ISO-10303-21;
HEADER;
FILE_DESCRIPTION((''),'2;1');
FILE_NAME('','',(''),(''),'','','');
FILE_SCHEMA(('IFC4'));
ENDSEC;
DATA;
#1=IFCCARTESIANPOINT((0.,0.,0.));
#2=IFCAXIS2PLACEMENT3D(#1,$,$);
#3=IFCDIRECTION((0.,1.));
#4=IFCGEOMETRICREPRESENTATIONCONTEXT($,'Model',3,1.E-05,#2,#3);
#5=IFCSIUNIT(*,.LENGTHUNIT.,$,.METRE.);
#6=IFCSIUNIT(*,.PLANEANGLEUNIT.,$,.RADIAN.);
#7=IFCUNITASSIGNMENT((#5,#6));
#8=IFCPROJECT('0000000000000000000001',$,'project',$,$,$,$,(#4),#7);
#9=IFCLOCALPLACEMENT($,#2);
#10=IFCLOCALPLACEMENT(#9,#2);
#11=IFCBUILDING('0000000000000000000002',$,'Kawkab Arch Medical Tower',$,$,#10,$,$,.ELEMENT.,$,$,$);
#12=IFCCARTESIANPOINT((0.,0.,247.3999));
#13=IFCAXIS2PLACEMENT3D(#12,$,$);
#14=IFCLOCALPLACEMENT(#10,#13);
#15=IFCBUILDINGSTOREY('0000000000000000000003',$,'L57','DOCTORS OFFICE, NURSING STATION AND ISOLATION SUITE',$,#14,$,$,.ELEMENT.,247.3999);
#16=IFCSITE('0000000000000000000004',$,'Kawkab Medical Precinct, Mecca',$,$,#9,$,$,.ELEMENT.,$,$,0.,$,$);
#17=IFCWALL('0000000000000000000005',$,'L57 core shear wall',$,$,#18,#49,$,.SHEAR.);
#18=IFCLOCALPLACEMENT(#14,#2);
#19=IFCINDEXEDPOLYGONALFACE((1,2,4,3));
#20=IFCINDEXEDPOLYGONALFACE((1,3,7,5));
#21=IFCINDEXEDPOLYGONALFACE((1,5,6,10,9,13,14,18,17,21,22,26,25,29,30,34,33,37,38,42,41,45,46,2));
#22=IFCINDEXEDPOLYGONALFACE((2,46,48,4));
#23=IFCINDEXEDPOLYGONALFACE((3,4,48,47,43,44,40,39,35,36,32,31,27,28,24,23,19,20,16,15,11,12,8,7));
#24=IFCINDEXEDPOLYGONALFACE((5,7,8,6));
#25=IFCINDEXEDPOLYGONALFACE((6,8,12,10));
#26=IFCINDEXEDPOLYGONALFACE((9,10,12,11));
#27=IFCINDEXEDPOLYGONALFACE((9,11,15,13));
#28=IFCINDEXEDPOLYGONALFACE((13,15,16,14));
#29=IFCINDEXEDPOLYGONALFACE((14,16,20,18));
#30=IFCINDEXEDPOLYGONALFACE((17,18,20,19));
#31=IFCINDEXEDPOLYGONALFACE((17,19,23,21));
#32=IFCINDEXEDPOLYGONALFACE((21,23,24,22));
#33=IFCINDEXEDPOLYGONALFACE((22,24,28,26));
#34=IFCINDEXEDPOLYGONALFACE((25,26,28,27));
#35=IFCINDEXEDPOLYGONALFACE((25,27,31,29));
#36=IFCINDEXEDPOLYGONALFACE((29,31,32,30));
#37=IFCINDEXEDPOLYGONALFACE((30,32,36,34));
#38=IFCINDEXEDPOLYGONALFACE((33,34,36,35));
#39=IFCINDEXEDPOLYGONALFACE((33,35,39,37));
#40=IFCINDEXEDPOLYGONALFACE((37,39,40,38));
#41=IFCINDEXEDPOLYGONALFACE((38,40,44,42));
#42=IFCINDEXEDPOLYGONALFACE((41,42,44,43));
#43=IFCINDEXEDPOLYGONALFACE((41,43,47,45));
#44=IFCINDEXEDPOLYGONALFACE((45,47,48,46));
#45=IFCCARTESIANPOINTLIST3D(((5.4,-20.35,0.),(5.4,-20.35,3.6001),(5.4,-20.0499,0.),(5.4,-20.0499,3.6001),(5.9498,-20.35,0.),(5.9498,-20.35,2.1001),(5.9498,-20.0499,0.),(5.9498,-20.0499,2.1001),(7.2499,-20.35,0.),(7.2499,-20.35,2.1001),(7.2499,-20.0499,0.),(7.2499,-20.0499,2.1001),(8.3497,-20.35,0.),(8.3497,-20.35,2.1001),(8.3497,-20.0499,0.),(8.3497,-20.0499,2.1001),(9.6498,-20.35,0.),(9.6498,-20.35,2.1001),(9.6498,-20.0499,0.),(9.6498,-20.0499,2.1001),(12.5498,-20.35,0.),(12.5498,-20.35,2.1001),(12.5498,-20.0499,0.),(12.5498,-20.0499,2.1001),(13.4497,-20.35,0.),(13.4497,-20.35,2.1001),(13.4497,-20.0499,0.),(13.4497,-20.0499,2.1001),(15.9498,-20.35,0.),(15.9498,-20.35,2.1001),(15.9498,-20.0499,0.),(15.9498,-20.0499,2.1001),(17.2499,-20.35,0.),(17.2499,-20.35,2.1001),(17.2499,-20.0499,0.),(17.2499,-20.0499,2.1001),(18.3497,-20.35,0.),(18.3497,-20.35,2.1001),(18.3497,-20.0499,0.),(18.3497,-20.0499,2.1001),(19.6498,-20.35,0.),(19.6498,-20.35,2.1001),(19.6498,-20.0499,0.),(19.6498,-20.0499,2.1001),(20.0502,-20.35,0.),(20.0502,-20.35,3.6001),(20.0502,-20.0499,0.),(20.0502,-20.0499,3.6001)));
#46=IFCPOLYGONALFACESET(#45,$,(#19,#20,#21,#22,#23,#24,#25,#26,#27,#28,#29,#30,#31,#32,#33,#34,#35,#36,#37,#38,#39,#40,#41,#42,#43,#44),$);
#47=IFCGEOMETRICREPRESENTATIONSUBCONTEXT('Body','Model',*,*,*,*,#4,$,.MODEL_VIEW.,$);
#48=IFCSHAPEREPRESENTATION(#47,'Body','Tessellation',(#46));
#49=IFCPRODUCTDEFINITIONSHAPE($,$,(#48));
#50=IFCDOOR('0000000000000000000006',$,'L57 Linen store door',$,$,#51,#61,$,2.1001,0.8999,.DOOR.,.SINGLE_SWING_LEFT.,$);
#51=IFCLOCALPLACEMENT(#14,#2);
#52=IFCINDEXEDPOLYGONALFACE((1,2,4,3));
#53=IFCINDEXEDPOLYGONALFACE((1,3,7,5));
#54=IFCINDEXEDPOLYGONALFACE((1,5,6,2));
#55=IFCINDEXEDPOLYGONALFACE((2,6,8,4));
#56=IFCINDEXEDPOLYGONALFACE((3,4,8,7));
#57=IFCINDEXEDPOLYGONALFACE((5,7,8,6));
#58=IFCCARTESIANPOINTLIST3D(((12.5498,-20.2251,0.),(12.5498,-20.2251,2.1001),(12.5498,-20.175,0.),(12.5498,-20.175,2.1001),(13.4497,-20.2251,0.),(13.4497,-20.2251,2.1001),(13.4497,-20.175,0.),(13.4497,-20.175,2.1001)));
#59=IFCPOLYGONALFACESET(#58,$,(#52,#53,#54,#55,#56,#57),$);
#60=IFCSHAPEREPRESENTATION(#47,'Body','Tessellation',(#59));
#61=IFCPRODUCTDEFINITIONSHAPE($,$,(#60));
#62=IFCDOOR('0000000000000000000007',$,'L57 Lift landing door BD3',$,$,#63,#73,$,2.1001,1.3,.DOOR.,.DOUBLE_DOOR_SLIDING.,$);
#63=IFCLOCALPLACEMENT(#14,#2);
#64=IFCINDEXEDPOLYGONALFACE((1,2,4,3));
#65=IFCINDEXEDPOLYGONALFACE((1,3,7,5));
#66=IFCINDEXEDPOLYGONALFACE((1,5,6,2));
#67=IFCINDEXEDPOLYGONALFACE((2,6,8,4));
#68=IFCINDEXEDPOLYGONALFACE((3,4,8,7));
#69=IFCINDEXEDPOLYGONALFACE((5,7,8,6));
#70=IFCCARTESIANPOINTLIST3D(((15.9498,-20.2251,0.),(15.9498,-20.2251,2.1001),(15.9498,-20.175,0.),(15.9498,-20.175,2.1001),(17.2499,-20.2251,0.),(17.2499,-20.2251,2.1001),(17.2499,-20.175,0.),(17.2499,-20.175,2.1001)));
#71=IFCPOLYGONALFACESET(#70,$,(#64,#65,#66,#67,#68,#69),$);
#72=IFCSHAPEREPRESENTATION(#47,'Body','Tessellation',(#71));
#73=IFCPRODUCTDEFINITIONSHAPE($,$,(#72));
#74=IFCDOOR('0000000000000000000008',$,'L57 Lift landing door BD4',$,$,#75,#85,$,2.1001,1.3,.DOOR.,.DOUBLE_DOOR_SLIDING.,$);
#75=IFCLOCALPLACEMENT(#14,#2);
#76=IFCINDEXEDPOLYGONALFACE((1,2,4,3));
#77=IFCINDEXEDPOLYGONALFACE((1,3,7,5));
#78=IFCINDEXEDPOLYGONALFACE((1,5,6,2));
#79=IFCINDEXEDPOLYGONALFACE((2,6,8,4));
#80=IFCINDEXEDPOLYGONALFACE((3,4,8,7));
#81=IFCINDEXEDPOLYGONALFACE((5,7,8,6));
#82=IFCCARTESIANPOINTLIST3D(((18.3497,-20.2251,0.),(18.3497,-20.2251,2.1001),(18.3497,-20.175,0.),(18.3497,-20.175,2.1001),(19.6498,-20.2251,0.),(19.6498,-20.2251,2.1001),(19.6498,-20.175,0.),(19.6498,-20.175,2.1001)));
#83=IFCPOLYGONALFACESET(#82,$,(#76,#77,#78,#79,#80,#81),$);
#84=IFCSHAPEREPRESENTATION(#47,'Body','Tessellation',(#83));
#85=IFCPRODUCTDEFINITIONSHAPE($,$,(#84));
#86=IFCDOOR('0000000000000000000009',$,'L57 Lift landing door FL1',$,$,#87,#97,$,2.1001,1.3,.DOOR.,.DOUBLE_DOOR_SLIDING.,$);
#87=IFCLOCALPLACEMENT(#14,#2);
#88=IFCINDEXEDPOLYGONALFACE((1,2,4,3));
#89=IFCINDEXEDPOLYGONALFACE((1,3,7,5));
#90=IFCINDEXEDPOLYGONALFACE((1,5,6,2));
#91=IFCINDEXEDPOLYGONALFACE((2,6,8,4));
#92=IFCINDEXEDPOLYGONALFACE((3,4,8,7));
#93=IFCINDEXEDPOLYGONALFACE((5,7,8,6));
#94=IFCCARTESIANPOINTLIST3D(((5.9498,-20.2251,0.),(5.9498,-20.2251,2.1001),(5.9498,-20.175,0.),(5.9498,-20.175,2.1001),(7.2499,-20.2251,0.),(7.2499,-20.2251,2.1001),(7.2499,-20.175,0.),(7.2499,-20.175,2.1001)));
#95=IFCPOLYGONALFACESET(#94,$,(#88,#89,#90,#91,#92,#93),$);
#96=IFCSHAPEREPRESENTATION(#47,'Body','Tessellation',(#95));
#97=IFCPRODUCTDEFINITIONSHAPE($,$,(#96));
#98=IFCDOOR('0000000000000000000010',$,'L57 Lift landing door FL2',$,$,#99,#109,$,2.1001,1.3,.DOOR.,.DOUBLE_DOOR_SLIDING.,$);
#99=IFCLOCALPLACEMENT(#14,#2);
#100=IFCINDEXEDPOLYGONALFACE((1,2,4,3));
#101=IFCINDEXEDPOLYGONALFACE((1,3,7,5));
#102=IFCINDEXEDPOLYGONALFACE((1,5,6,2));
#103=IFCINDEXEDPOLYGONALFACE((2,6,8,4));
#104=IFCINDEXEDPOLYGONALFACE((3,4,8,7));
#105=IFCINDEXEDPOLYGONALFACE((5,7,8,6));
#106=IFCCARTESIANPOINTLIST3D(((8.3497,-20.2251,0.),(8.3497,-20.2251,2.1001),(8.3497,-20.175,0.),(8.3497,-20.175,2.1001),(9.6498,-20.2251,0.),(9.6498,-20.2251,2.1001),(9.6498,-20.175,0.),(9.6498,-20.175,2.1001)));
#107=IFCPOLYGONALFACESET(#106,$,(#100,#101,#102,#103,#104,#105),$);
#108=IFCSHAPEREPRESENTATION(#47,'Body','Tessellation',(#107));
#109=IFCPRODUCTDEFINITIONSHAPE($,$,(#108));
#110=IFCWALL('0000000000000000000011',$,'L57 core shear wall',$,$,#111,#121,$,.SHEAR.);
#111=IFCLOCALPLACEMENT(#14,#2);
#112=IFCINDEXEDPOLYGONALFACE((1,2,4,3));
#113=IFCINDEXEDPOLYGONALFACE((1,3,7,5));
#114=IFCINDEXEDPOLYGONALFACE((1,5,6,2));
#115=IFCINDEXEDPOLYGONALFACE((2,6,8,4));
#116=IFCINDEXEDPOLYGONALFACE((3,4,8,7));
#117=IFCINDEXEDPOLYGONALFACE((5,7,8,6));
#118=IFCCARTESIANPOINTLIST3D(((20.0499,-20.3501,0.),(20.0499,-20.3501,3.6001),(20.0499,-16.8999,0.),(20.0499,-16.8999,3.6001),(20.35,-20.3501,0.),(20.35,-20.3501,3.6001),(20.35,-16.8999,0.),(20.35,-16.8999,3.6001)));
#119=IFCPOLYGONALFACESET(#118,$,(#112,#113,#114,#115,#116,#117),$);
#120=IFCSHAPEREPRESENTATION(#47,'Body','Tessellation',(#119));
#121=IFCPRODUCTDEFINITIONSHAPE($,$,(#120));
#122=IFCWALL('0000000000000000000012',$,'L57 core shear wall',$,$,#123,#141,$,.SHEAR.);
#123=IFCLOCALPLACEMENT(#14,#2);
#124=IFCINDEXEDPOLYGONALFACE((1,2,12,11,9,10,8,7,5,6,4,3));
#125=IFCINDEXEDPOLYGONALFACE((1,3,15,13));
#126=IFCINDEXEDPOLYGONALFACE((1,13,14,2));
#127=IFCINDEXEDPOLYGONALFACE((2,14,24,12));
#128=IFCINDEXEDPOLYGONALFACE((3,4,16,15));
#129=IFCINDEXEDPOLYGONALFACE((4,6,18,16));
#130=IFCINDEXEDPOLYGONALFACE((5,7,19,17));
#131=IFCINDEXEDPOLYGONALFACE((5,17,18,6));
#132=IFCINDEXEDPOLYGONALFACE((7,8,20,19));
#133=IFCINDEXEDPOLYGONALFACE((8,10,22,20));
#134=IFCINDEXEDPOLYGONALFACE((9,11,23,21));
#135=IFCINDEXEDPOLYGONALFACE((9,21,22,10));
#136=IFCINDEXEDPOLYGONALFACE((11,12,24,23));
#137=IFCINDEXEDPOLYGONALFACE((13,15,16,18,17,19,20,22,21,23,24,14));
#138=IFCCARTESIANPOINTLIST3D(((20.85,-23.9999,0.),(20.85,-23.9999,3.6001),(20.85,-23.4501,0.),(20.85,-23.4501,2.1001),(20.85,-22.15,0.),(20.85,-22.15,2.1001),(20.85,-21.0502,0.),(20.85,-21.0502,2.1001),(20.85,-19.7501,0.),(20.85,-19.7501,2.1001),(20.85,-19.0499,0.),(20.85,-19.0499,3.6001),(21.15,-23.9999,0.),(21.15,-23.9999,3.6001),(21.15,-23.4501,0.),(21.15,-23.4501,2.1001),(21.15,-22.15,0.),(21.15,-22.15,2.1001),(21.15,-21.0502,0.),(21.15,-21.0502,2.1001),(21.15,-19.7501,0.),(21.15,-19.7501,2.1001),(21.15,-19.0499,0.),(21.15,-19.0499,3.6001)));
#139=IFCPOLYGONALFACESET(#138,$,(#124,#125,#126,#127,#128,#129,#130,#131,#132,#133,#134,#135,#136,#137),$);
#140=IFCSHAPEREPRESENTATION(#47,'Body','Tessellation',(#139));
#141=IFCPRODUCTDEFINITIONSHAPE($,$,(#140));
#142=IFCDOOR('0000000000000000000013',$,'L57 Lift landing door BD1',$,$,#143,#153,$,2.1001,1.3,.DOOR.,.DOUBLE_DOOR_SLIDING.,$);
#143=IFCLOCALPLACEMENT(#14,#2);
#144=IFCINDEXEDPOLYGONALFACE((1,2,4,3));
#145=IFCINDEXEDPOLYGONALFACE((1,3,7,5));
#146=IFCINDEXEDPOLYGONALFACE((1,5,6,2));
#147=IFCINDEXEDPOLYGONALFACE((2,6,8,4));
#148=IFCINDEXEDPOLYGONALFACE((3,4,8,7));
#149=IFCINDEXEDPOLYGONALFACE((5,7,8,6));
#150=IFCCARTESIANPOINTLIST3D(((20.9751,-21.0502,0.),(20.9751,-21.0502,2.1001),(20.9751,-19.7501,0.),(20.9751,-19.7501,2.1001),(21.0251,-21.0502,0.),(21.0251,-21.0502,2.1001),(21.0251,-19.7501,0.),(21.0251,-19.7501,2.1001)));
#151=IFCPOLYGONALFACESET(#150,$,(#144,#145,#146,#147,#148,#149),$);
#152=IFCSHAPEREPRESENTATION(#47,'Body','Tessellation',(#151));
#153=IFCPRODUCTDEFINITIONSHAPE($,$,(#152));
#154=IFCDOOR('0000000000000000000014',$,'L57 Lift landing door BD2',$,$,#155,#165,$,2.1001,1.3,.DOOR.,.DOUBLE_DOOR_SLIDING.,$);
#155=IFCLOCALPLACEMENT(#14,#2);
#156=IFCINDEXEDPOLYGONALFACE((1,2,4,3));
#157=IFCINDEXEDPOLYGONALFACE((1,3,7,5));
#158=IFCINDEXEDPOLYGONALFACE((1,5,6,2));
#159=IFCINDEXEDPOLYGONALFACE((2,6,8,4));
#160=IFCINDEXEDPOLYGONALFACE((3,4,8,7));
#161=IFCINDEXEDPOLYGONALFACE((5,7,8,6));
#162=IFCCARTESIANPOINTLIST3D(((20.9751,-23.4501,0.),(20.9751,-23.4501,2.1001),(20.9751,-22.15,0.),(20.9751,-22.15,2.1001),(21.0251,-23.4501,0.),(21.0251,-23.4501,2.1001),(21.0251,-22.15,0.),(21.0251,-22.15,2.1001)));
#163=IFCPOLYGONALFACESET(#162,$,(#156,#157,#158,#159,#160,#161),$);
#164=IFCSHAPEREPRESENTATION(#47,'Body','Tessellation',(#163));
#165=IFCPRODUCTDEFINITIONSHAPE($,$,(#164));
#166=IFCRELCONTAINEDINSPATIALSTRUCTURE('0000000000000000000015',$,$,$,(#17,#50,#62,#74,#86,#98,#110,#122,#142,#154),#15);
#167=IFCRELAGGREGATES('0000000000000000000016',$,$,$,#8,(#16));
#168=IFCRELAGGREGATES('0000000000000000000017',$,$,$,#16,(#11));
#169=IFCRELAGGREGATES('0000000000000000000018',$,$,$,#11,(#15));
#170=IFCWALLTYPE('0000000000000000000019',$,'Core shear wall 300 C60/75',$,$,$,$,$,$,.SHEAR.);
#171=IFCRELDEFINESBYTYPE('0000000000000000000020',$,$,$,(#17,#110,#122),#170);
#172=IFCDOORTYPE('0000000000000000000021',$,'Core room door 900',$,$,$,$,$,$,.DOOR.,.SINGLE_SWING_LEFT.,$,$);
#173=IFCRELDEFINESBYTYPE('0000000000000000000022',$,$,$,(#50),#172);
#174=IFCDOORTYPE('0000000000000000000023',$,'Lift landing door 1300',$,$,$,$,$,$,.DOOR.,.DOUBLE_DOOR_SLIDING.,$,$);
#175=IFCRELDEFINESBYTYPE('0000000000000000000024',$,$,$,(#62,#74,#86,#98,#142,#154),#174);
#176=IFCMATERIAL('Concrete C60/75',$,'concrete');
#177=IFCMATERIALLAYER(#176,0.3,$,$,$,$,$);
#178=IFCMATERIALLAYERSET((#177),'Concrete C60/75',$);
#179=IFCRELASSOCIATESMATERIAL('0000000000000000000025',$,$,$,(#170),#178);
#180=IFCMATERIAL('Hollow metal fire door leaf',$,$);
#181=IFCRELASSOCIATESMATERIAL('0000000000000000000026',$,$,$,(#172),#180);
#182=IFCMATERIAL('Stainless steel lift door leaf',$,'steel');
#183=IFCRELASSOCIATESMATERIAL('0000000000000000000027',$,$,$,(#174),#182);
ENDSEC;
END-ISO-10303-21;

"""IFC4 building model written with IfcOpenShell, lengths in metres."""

from ifc_helpers import new_model, si_unit, direction, frame, frame_2d, origin, place, context, subcontext, project, spatial, rectangle, extrude, material, layer, layer_set, type_object, element, fill, save


model = new_model("IFC4")

# Units and contexts
model_context = context("Model", 3, precision=1e-05, world=origin(), true_north=direction((0.0, 1.0)))
body_context = subcontext(model_context, "Body", "Model", "MODEL_VIEW")
ifc_project = project(units=[si_unit("LENGTHUNIT", "METRE"), si_unit("PLANEANGLEUNIT", "RADIAN")], contexts=[model_context])

# Site, building, storey
site_placement = place(None, origin())
site = spatial("IfcSite", under=ifc_project, at=site_placement, Name="Kawkab Medical Precinct, Mecca", CompositionType="ELEMENT", RefElevation=0.0)
building_placement = place(site_placement, origin())
building = spatial("IfcBuilding", under=site, at=building_placement, Name="Kawkab Arch Medical Tower", CompositionType="ELEMENT")
storey_placement = place(building_placement, frame((0.0, 0.0, 247.3999)))
storey = spatial("IfcBuildingStorey", under=building, at=storey_placement, Name="L57", Description="DOCTORS OFFICE, NURSING STATION AND ISOLATION SUITE", CompositionType="ELEMENT", Elevation=247.3999)

# Wall, openings, doors
ifc_material_1 = material(Name="Concrete C60/75", Category="concrete")
ifc_layer_1 = layer(ifc_material_1, 0.3)
ifc_layer_set_1 = layer_set([ifc_layer_1], Name="Concrete C60/75")
wall_type_1 = type_object("IfcWallType", Name="Core shear wall 300 C60/75", PredefinedType="SHEAR", material=ifc_layer_set_1)
wall_1_placement = place(storey_placement, frame((5.3999, -20.2, 0.0), z_axis=(0.0, 0.0, 1.0), x_axis=(1.0, 0.0, 0.0)))
wall_1 = element("IfcWall", 1, at=wall_1_placement, inside=storey, type_object=wall_type_1, Name="L57 core shear wall", PredefinedType="SHEAR", context=body_context, shape_type="SweptSolid", body=[
    extrude(rectangle(XDim=14.6501, YDim=0.3, at=frame_2d((7.3252, 0.0))), origin(), (0.0, 0.0, 1.0), 3.6001),
])
opening_1_placement = place(wall_1_placement, frame((10.55, 0.0, 0.0)))
opening_1 = element("IfcOpeningElement", 2, at=opening_1_placement, cuts=wall_1, PredefinedType="OPENING", context=body_context, shape_type="SweptSolid", body=[
    extrude(rectangle(XDim=1.3, YDim=2.1001, at=frame_2d((0.6499, 1.05))), frame((0.0, 0.1599, 0.0), z_axis=(0.0, -1.0, 0.0), x_axis=(1.0, 0.0, 0.0)), (0.0, 0.0, 1.0), 0.3201),
])
opening_2_placement = place(wall_1_placement, frame((12.95, 0.0, 0.0)))
opening_2 = element("IfcOpeningElement", 3, at=opening_2_placement, cuts=wall_1, PredefinedType="OPENING", context=body_context, shape_type="SweptSolid", body=[
    extrude(rectangle(XDim=1.3, YDim=2.1001, at=frame_2d((0.6499, 1.05))), frame((0.0, 0.1599, 0.0), z_axis=(0.0, -1.0, 0.0), x_axis=(1.0, 0.0, 0.0)), (0.0, 0.0, 1.0), 0.3201),
])
opening_3_placement = place(wall_1_placement, frame((0.55, 0.0, 0.0)))
opening_3 = element("IfcOpeningElement", 4, at=opening_3_placement, cuts=wall_1, PredefinedType="OPENING", context=body_context, shape_type="SweptSolid", body=[
    extrude(rectangle(XDim=1.3, YDim=2.1001, at=frame_2d((0.6499, 1.05))), frame((0.0, 0.1599, 0.0), z_axis=(0.0, -1.0, 0.0), x_axis=(1.0, 0.0, 0.0)), (0.0, 0.0, 1.0), 0.3201),
])
opening_4_placement = place(wall_1_placement, frame((2.95, 0.0, 0.0)))
opening_4 = element("IfcOpeningElement", 5, at=opening_4_placement, cuts=wall_1, PredefinedType="OPENING", context=body_context, shape_type="SweptSolid", body=[
    extrude(rectangle(XDim=1.3, YDim=2.1001, at=frame_2d((0.6499, 1.05))), frame((0.0, 0.1599, 0.0), z_axis=(0.0, -1.0, 0.0), x_axis=(1.0, 0.0, 0.0)), (0.0, 0.0, 1.0), 0.3201),
])
opening_5_placement = place(wall_1_placement, frame((7.1499, 0.0, 0.0)))
opening_5 = element("IfcOpeningElement", 6, at=opening_5_placement, cuts=wall_1, PredefinedType="OPENING", context=body_context, shape_type="SweptSolid", body=[
    extrude(rectangle(XDim=0.8999, YDim=2.1001, at=frame_2d((0.45, 1.05))), frame((0.0, 0.1599, 0.0), z_axis=(0.0, -1.0, 0.0), x_axis=(1.0, 0.0, 0.0)), (0.0, 0.0, 1.0), 0.3201),
])
ifc_material_2 = material(Name="Hollow metal fire door leaf")
door_type_1 = type_object("IfcDoorType", Name="Core room door 900", OperationType="SINGLE_SWING_LEFT", PredefinedType="DOOR", material=ifc_material_2)
door_1_placement = place(opening_5_placement, origin())
door_1 = element("IfcDoor", 7, at=door_1_placement, inside=storey, type_object=door_type_1, Name="L57 Linen store door", OperationType="SINGLE_SWING_LEFT", OverallHeight=2.1001, OverallWidth=0.8999, PredefinedType="DOOR", context=body_context, shape_type="SweptSolid", body=[
    extrude(rectangle(XDim=0.8999, YDim=2.1001, at=frame_2d((0.45, 1.05))), frame((0.0, 0.0249, 0.0), z_axis=(0.0, -1.0, 0.0), x_axis=(1.0, 0.0, 0.0)), (0.0, 0.0, 1.0), 0.05),
])
fill(opening_5, door_1)
ifc_material_3 = material(Name="Stainless steel lift door leaf", Category="steel")
door_type_2 = type_object("IfcDoorType", Name="Lift landing door 1300", OperationType="DOUBLE_DOOR_SLIDING", PredefinedType="DOOR", material=ifc_material_3)
door_2_placement = place(opening_1_placement, origin())
door_2 = element("IfcDoor", 8, at=door_2_placement, inside=storey, type_object=door_type_2, Name="L57 Lift landing door BD3", OperationType="DOUBLE_DOOR_SLIDING", OverallHeight=2.1001, OverallWidth=1.3, PredefinedType="DOOR", context=body_context, shape_type="SweptSolid", body=[
    extrude(rectangle(XDim=1.3, YDim=2.1001, at=frame_2d((0.6499, 1.05))), frame((0.0, 0.0249, 0.0), z_axis=(0.0, -1.0, 0.0), x_axis=(1.0, 0.0, 0.0)), (0.0, 0.0, 1.0), 0.05),
])
fill(opening_1, door_2)
door_3_placement = place(opening_2_placement, origin())
door_3 = element("IfcDoor", 9, at=door_3_placement, inside=storey, type_object=door_type_2, Name="L57 Lift landing door BD4", OperationType="DOUBLE_DOOR_SLIDING", OverallHeight=2.1001, OverallWidth=1.3, PredefinedType="DOOR", context=body_context, shape_type="SweptSolid", body=[
    extrude(rectangle(XDim=1.3, YDim=2.1001, at=frame_2d((0.6499, 1.05))), frame((0.0, 0.0249, 0.0), z_axis=(0.0, -1.0, 0.0), x_axis=(1.0, 0.0, 0.0)), (0.0, 0.0, 1.0), 0.05),
])
fill(opening_2, door_3)
door_4_placement = place(opening_3_placement, origin())
door_4 = element("IfcDoor", 10, at=door_4_placement, inside=storey, type_object=door_type_2, Name="L57 Lift landing door FL1", OperationType="DOUBLE_DOOR_SLIDING", OverallHeight=2.1001, OverallWidth=1.3, PredefinedType="DOOR", context=body_context, shape_type="SweptSolid", body=[
    extrude(rectangle(XDim=1.3, YDim=2.1001, at=frame_2d((0.6499, 1.05))), frame((0.0, 0.0249, 0.0), z_axis=(0.0, -1.0, 0.0), x_axis=(1.0, 0.0, 0.0)), (0.0, 0.0, 1.0), 0.05),
])
fill(opening_3, door_4)
door_5_placement = place(opening_4_placement, origin())
door_5 = element("IfcDoor", 11, at=door_5_placement, inside=storey, type_object=door_type_2, Name="L57 Lift landing door FL2", OperationType="DOUBLE_DOOR_SLIDING", OverallHeight=2.1001, OverallWidth=1.3, PredefinedType="DOOR", context=body_context, shape_type="SweptSolid", body=[
    extrude(rectangle(XDim=1.3, YDim=2.1001, at=frame_2d((0.6499, 1.05))), frame((0.0, 0.0249, 0.0), z_axis=(0.0, -1.0, 0.0), x_axis=(1.0, 0.0, 0.0)), (0.0, 0.0, 1.0), 0.05),
])
fill(opening_4, door_5)

# Wall
wall_2_placement = place(storey_placement, frame((20.2, -20.3501, 0.0), z_axis=(0.0, 0.0, 1.0), x_axis=(0.0, 1.0, 0.0)))
element("IfcWall", 12, at=wall_2_placement, inside=storey, type_object=wall_type_1, Name="L57 core shear wall", PredefinedType="SHEAR", context=body_context, shape_type="SweptSolid", body=[
    extrude(rectangle(XDim=3.4502, YDim=0.3, at=frame_2d((1.7251, 0.0))), origin(), (0.0, 0.0, 1.0), 3.6001),
])

# Wall, openings, doors
wall_3_placement = place(storey_placement, frame((21.0, -24.0, 0.0), z_axis=(0.0, 0.0, 1.0), x_axis=(0.0, 1.0, 0.0)))
wall_3 = element("IfcWall", 13, at=wall_3_placement, inside=storey, type_object=wall_type_1, Name="L57 core shear wall", PredefinedType="SHEAR", context=body_context, shape_type="SweptSolid", body=[
    extrude(rectangle(XDim=4.95, YDim=0.3, at=frame_2d((2.4751, 0.0))), origin(), (0.0, 0.0, 1.0), 3.6001),
])
opening_6_placement = place(wall_3_placement, frame((2.95, 0.0, 0.0)))
opening_6 = element("IfcOpeningElement", 14, at=opening_6_placement, cuts=wall_3, PredefinedType="OPENING", context=body_context, shape_type="SweptSolid", body=[
    extrude(rectangle(XDim=1.3, YDim=2.1001, at=frame_2d((0.6499, 1.05))), frame((0.0, 0.1599, 0.0), z_axis=(0.0, -1.0, 0.0), x_axis=(1.0, 0.0, 0.0)), (0.0, 0.0, 1.0), 0.3201),
])
opening_7_placement = place(wall_3_placement, frame((0.55, 0.0, 0.0)))
opening_7 = element("IfcOpeningElement", 15, at=opening_7_placement, cuts=wall_3, PredefinedType="OPENING", context=body_context, shape_type="SweptSolid", body=[
    extrude(rectangle(XDim=1.3, YDim=2.1001, at=frame_2d((0.6499, 1.05))), frame((0.0, 0.1599, 0.0), z_axis=(0.0, -1.0, 0.0), x_axis=(1.0, 0.0, 0.0)), (0.0, 0.0, 1.0), 0.3201),
])
door_6_placement = place(opening_6_placement, origin())
door_6 = element("IfcDoor", 16, at=door_6_placement, inside=storey, type_object=door_type_2, Name="L57 Lift landing door BD1", OperationType="DOUBLE_DOOR_SLIDING", OverallHeight=2.1001, OverallWidth=1.3, PredefinedType="DOOR", context=body_context, shape_type="SweptSolid", body=[
    extrude(rectangle(XDim=1.3, YDim=2.1001, at=frame_2d((0.6499, 1.05))), frame((0.0, 0.0249, 0.0), z_axis=(0.0, -1.0, 0.0), x_axis=(1.0, 0.0, 0.0)), (0.0, 0.0, 1.0), 0.05),
])
fill(opening_6, door_6)
door_7_placement = place(opening_7_placement, origin())
door_7 = element("IfcDoor", 17, at=door_7_placement, inside=storey, type_object=door_type_2, Name="L57 Lift landing door BD2", OperationType="DOUBLE_DOOR_SLIDING", OverallHeight=2.1001, OverallWidth=1.3, PredefinedType="DOOR", context=body_context, shape_type="SweptSolid", body=[
    extrude(rectangle(XDim=1.3, YDim=2.1001, at=frame_2d((0.6499, 1.05))), frame((0.0, 0.0249, 0.0), z_axis=(0.0, -1.0, 0.0), x_axis=(1.0, 0.0, 0.0)), (0.0, 0.0, 1.0), 0.05),
])
fill(opening_7, door_7)

save(model, "model.ifc")
